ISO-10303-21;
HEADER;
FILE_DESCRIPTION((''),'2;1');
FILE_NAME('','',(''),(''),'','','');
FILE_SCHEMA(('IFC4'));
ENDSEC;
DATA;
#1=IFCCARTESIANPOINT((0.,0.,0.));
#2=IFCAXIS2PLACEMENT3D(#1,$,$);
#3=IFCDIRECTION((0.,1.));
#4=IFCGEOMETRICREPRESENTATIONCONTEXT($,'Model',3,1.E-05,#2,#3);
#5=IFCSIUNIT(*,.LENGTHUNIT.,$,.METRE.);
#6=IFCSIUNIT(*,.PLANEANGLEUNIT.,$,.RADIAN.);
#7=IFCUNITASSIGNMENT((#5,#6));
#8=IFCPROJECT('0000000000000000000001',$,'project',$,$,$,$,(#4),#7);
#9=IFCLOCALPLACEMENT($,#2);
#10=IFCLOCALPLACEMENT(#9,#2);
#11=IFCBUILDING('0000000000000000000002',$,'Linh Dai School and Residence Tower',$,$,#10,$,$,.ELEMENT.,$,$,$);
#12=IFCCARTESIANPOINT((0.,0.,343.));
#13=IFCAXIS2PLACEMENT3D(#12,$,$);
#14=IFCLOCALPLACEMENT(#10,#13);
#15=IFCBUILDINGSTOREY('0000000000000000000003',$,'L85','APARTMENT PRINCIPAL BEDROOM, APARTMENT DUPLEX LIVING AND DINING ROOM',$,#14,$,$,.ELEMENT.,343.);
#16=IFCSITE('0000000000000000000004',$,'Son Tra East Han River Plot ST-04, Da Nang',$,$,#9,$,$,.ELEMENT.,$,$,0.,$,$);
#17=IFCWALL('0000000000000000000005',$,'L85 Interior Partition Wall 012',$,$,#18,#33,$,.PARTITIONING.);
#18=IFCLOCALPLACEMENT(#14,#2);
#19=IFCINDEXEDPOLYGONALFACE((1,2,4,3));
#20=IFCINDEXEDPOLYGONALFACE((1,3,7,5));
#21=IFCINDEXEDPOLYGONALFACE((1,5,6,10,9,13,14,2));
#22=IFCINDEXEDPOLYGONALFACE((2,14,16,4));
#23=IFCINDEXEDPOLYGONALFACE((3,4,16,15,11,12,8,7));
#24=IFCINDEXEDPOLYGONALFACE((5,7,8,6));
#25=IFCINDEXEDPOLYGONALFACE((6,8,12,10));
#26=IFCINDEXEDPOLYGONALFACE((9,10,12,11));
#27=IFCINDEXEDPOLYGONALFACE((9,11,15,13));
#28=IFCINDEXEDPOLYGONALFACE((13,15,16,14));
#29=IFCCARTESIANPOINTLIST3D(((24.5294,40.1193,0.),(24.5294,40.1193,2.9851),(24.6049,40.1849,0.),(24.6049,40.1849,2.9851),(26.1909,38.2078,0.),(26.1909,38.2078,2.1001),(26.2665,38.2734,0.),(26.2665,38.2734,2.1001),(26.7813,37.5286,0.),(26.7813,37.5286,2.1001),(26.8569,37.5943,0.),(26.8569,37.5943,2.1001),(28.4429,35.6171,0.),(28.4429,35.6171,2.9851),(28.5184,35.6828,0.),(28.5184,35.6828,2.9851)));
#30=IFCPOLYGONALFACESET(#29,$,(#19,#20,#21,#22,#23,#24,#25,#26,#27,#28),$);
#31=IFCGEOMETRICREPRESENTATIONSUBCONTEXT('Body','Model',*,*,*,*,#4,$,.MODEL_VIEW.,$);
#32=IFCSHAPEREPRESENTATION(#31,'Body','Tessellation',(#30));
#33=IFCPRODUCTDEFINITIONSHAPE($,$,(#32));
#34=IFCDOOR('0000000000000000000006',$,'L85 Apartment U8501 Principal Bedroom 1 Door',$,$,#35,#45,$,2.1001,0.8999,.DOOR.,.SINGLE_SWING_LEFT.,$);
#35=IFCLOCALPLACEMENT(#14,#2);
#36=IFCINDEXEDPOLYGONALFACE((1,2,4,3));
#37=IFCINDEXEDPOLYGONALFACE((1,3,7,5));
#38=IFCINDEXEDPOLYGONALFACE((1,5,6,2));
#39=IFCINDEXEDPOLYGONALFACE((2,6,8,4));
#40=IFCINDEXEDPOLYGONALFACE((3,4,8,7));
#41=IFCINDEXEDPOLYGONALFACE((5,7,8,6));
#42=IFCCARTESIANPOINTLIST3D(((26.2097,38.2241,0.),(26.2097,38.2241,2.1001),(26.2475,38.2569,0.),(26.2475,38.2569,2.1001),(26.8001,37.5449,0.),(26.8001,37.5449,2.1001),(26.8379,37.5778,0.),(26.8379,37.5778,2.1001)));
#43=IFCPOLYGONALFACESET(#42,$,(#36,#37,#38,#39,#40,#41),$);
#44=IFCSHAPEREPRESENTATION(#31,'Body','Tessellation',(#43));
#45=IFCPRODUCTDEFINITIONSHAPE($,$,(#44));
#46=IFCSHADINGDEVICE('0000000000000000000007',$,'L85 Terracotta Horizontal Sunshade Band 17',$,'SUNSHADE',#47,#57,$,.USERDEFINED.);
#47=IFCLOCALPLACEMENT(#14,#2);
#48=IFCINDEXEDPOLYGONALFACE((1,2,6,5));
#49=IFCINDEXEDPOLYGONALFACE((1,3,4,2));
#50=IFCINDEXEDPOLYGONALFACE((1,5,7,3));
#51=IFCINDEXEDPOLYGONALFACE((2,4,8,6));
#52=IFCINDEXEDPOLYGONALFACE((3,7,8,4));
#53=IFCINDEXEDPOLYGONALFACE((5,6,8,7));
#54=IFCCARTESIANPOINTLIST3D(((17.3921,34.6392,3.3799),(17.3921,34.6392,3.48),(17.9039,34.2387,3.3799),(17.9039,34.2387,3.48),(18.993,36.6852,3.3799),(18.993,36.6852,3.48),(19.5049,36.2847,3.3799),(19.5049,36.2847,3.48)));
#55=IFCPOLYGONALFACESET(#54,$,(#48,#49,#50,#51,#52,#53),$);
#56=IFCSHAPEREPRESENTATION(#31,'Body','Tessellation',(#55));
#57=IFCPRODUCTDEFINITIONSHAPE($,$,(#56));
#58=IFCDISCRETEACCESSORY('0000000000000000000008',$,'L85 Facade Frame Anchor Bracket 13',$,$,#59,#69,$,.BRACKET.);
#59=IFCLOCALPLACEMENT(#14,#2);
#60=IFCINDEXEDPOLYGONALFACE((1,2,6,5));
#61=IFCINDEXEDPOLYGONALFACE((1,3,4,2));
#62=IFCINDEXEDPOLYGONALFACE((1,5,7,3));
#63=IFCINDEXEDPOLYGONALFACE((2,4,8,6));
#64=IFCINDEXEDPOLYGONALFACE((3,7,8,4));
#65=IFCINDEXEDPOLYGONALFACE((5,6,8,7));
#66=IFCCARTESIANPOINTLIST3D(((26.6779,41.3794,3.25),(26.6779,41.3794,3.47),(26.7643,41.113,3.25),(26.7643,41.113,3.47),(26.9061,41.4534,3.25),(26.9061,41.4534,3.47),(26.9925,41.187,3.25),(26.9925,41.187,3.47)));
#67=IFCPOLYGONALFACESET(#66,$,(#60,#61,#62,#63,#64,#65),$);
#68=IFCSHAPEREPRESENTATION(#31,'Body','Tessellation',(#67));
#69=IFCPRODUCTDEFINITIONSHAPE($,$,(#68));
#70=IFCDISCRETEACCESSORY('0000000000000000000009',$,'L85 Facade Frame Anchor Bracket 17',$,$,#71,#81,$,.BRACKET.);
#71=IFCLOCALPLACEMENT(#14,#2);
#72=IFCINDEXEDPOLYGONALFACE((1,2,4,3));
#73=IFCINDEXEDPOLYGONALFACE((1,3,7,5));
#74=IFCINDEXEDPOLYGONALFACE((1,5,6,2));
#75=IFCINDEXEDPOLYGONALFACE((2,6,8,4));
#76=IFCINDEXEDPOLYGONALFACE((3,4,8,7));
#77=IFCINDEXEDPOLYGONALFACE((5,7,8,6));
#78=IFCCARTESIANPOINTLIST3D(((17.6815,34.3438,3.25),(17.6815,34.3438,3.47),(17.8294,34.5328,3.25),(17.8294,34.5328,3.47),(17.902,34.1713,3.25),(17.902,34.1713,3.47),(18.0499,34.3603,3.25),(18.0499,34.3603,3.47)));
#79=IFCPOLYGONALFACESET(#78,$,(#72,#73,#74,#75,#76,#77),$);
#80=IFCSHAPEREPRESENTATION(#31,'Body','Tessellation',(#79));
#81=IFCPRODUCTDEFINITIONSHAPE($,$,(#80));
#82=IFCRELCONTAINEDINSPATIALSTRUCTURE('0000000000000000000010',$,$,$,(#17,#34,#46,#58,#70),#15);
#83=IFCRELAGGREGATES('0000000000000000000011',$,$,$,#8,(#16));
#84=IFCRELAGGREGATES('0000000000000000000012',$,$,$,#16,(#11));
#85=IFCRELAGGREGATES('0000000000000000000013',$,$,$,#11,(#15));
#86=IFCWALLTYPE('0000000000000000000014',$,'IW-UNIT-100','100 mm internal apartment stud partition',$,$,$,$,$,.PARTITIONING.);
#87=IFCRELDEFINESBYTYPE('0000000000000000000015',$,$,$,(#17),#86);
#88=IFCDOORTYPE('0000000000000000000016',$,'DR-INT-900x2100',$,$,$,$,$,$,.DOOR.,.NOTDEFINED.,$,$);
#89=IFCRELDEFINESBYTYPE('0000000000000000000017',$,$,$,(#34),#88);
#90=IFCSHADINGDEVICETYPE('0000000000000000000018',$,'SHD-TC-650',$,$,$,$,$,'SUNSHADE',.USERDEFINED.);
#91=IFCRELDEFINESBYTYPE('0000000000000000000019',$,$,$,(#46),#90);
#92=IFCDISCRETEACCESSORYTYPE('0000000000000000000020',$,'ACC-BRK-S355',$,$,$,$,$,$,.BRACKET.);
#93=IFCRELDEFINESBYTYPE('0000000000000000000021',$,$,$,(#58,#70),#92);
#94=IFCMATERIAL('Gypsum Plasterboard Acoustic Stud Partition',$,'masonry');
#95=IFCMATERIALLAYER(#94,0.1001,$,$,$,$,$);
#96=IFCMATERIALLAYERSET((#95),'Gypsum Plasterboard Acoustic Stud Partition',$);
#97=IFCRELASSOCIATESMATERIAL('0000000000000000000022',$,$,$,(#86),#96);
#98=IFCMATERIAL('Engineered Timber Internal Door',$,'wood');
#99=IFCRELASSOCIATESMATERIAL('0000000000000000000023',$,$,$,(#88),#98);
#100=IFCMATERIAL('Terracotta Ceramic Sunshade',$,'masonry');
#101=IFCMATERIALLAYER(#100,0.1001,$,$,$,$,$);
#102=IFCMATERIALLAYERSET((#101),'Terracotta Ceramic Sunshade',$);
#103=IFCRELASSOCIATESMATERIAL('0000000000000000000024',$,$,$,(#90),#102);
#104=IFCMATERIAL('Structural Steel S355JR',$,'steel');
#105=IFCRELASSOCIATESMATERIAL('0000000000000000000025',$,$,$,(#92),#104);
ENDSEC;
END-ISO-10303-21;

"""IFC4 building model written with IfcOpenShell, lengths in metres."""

from ifc_helpers import new_model, si_unit, direction, frame, frame_2d, origin, origin_2d, place, context, subcontext, project, spatial, rectangle, extrude, source, transform, mapped, material, layer, layer_set, type_object, element, fill, save


model = new_model("IFC4")

# Units and contexts
model_context = context("Model", 3, precision=1e-05, world=origin(), true_north=direction((0.0, 1.0)))
body_context = subcontext(model_context, "Body", "Model", "MODEL_VIEW")
ifc_project = project(units=[si_unit("LENGTHUNIT", "METRE"), si_unit("PLANEANGLEUNIT", "RADIAN")], contexts=[model_context])

# Site, building, storey
site_placement = place(None, origin())
site = spatial("IfcSite", under=ifc_project, at=site_placement, Name="Son Tra East Han River Plot ST-04, Da Nang", CompositionType="ELEMENT", RefElevation=0.0)
building_placement = place(site_placement, origin())
building = spatial("IfcBuilding", under=site, at=building_placement, Name="Linh Dai School and Residence Tower", CompositionType="ELEMENT")
storey_placement = place(building_placement, frame((0.0, 0.0, 343.0)))
storey = spatial("IfcBuildingStorey", under=building, at=storey_placement, Name="L85", Description="APARTMENT PRINCIPAL BEDROOM, APARTMENT DUPLEX LIVING AND DINING ROOM", CompositionType="ELEMENT", Elevation=343.0)

# Shared definitions
ifc_material_1 = material(Name="Structural Steel S355JR", Category="steel")

# Wall, opening, door
ifc_material_2 = material(Name="Gypsum Plasterboard Acoustic Stud Partition", Category="masonry")
ifc_layer_1 = layer(ifc_material_2, 0.1001)
ifc_layer_set_1 = layer_set([ifc_layer_1], Name="Gypsum Plasterboard Acoustic Stud Partition")
wall_type_1 = type_object("IfcWallType", Name="IW-UNIT-100", Description="100 mm internal apartment stud partition", PredefinedType="PARTITIONING", material=ifc_layer_set_1)
wall_1_placement = place(storey_placement, frame((24.5671, 40.1521, 0.0), z_axis=(0.0, 0.0, 1.0), x_axis=(0.656047, -0.75472, 0.0)))
wall_1 = element("IfcWall", 1, at=wall_1_placement, inside=storey, type_object=wall_type_1, Name="L85 Interior Partition Wall 012", PredefinedType="PARTITIONING", context=body_context, shape_type="SweptSolid", body=[
    extrude(rectangle(XDim=5.9653, YDim=0.1001, at=frame_2d((2.9827, 0.0))), origin(), (0.0, 0.0, 1.0), 2.9851),
])
opening_1_placement = place(wall_1_placement, frame((2.5327, 0.0, 0.0)))
opening_1 = element("IfcOpeningElement", 2, at=opening_1_placement, cuts=wall_1, PredefinedType="OPENING", context=body_context, shape_type="SweptSolid", body=[
    extrude(rectangle(XDim=0.8999, YDim=2.1001, at=origin_2d()), frame((0.45, 0.0601, 1.05), z_axis=(0.0, -1.0, 0.0), x_axis=(1.0, 0.0, 0.0)), (0.0, 0.0, 1.0), 0.1201),
])
ifc_material_3 = material(Name="Engineered Timber Internal Door", Category="wood")
door_type = type_object("IfcDoorType", Name="DR-INT-900x2100", OperationType="NOTDEFINED", PredefinedType="DOOR", material=ifc_material_3)
shared_shape_1 = source(origin(), body_context, "Body", "SweptSolid", [
    extrude(rectangle(XDim=0.8999, YDim=2.1001, at=origin_2d()), frame((0.45, 0.0249, 1.05), z_axis=(0.0, -1.0, 0.0), x_axis=(1.0, 0.0, 0.0)), (0.0, 0.0, 1.0), 0.05),
])
door_placement = place(opening_1_placement, origin())
door = element("IfcDoor", 3, at=door_placement, inside=storey, type_object=door_type, Name="L85 Apartment U8501 Principal Bedroom 1 Door", OperationType="SINGLE_SWING_LEFT", OverallHeight=2.1001, OverallWidth=0.8999, PredefinedType="DOOR", context=body_context, shape_type="MappedRepresentation", body=[
    mapped(shared_shape_1, transform((0.0, 0.0, 0.0), x_axis=(1.0, 0.0, 0.0), y_axis=(0.0, 1.0, 0.0), z_axis=(0.0, 0.0, 1.0), scale=1.0)),
])
fill(opening_1, door)

# Shading device
ifc_material_4 = material(Name="Terracotta Ceramic Sunshade", Category="masonry")
ifc_layer_2 = layer(ifc_material_4, 0.1001)
ifc_layer_set_2 = layer_set([ifc_layer_2], Name="Terracotta Ceramic Sunshade")
shading_device_type = type_object("IfcShadingDeviceType", Name="SHD-TC-650", ElementType="SUNSHADE", PredefinedType="USERDEFINED", material=ifc_layer_set_2)
shared_shape_2 = source(origin(), body_context, "Body", "SweptSolid", [
    extrude(rectangle(XDim=2.5979, YDim=0.6499, at=origin_2d()), origin(), (0.0, 0.0, 1.0), 0.1001),
])
shading_device_placement = place(storey_placement, frame((18.4485, 35.4619, 3.3799), z_axis=(0.0, 0.0, 1.0), x_axis=(0.616247, 0.787553, 0.0)))
element("IfcShadingDevice", 4, at=shading_device_placement, inside=storey, type_object=shading_device_type, Name="L85 Terracotta Horizontal Sunshade Band 17", ObjectType="SUNSHADE", PredefinedType="USERDEFINED", context=body_context, shape_type="MappedRepresentation", body=[
    mapped(shared_shape_2, transform((0.0, 0.0, 0.0), x_axis=(1.0, 0.0, 0.0), y_axis=(0.0, 1.0, 0.0), z_axis=(0.0, 0.0, 1.0), scale=1.0)),
])

# Discrete accessories
discrete_accessory_type = type_object("IfcDiscreteAccessoryType", Name="ACC-BRK-S355", PredefinedType="BRACKET", material=ifc_material_1)
shared_shape_3 = source(origin(), body_context, "Body", "SweptSolid", [
    extrude(rectangle(XDim=0.28, YDim=0.24, at=origin_2d()), origin(), (0.0, 0.0, 1.0), 0.22),
])
for number, where, z_axis, x_axis, name in (
    (5, (26.8352, 41.2832, 3.25), (0.0, 0.0, 1.0), (-0.308565, 0.951203, 0.0), "L85 Facade Frame Anchor Bracket 13"),
    (6, (17.8657, 34.3521, 3.25), (0.0, 0.0, 1.0), (-0.787553, 0.616247, 0.0), "L85 Facade Frame Anchor Bracket 17"),
):
    element("IfcDiscreteAccessory", number, at=place(storey_placement, frame(where, z_axis=z_axis, x_axis=x_axis)), inside=storey, type_object=discrete_accessory_type, Name=name, PredefinedType="BRACKET", context=body_context, shape_type="MappedRepresentation", body=[
        mapped(shared_shape_3, transform((0.0, 0.0, 0.0), x_axis=(1.0, 0.0, 0.0), y_axis=(0.0, 1.0, 0.0), z_axis=(0.0, 0.0, 1.0), scale=1.0)),
    ])

save(model, "model.ifc")
